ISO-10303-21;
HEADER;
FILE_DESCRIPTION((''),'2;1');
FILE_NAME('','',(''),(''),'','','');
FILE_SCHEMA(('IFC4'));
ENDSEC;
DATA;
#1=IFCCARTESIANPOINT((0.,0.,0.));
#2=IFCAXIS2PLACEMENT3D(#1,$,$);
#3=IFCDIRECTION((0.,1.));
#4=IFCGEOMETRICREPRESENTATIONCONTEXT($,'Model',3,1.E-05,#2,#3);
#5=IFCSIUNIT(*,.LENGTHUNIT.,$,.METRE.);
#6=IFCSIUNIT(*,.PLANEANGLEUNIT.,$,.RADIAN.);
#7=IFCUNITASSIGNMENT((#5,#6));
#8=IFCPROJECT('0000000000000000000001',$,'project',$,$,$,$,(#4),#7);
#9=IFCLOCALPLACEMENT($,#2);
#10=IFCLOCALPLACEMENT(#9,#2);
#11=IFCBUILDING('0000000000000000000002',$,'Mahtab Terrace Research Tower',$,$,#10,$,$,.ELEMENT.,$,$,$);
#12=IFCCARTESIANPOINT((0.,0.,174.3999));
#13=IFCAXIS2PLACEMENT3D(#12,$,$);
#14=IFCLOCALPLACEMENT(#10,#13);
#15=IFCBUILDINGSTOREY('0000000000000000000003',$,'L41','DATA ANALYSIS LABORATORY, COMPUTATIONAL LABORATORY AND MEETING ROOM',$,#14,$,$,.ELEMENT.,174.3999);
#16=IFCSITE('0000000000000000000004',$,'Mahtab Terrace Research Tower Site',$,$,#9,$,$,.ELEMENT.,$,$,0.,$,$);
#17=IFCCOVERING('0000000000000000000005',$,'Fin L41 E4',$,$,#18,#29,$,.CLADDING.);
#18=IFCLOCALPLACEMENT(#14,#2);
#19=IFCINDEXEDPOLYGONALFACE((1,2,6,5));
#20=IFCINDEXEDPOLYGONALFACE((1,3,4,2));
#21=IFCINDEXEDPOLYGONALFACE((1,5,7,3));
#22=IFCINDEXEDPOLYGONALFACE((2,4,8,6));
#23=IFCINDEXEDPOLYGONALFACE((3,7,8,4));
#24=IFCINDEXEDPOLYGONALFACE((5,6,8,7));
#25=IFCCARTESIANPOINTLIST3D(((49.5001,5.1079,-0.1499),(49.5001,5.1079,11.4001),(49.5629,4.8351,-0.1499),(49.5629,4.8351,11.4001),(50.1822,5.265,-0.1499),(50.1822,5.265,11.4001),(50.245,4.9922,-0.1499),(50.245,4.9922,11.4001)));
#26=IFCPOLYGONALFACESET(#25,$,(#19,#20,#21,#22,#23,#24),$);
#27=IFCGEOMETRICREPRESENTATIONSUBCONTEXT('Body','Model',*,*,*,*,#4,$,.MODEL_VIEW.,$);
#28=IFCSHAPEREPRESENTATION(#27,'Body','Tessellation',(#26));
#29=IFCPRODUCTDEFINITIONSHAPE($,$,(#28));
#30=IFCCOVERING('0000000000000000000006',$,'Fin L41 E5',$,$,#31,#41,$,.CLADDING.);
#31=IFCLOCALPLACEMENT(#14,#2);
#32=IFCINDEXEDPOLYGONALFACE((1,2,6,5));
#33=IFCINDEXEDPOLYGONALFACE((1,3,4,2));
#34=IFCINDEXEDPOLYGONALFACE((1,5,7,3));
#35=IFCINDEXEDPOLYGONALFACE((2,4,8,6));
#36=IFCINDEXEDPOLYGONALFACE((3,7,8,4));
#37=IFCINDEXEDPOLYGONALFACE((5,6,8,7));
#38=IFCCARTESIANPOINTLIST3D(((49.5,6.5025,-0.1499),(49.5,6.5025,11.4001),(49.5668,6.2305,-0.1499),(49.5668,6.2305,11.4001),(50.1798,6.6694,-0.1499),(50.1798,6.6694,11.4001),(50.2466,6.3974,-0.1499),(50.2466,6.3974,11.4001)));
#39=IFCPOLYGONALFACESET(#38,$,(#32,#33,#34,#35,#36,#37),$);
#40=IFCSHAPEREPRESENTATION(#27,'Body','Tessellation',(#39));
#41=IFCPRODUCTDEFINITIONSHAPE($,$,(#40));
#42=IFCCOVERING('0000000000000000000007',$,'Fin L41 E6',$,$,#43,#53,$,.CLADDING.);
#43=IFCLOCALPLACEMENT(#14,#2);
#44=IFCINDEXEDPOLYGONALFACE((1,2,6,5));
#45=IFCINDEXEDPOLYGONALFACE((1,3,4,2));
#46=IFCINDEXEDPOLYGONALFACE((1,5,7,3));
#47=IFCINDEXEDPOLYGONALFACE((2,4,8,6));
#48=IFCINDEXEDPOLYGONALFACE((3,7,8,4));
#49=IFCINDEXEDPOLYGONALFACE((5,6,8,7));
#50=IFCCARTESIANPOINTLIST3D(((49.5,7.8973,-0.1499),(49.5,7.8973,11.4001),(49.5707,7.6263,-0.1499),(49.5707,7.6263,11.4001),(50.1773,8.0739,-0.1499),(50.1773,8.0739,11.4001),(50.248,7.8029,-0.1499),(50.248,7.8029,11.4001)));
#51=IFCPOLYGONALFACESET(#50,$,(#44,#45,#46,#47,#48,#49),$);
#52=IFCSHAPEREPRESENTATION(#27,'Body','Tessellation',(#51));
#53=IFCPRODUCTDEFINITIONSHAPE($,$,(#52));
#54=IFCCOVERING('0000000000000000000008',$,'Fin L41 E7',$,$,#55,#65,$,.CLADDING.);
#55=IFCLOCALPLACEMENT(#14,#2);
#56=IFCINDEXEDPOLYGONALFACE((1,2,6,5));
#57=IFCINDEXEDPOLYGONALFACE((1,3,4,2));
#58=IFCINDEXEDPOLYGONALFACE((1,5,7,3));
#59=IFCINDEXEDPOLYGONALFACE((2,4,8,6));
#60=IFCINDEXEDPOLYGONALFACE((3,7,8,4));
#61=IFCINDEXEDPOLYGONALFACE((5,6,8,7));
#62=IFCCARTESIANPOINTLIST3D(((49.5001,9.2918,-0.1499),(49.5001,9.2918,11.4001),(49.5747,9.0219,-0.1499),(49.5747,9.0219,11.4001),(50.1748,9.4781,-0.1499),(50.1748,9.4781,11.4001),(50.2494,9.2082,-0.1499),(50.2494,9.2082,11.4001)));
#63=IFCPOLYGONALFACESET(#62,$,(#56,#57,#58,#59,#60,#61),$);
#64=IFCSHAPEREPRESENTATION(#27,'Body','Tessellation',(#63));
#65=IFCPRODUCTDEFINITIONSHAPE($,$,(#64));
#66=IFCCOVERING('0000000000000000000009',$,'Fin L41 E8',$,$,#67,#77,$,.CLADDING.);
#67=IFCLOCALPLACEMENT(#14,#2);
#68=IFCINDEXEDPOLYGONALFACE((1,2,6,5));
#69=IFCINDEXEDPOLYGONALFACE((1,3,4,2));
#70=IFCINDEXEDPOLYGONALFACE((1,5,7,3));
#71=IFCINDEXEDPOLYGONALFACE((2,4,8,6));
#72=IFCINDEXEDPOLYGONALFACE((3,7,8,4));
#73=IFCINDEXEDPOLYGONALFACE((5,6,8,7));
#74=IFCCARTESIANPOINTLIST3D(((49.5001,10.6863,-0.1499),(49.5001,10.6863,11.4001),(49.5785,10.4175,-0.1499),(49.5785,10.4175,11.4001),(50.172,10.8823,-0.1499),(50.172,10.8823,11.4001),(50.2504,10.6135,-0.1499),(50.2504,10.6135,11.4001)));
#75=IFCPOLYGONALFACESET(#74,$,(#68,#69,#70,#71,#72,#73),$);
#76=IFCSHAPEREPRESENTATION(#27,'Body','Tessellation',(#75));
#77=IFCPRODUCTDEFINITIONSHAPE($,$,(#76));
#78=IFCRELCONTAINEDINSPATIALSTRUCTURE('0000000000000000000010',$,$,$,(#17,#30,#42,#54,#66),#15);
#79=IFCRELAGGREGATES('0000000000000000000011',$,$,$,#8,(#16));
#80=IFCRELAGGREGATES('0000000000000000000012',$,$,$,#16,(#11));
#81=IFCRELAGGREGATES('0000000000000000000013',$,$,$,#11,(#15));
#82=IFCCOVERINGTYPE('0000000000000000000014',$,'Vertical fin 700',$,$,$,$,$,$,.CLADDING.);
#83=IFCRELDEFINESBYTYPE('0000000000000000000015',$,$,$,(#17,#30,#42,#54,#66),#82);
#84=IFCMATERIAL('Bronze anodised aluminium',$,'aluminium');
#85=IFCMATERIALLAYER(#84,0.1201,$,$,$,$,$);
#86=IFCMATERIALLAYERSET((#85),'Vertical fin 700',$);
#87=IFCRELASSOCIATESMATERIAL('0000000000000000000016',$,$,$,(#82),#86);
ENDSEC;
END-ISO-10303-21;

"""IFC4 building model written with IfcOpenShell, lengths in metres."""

from ifc_helpers import new_model, si_unit, direction, frame, origin, origin_2d, place, context, subcontext, project, spatial, rectangle, extrude, material, layer, layer_set, type_object, element, save


model = new_model("IFC4")

# Units and contexts
model_context = context("Model", 3, precision=1e-05, world=origin(), true_north=direction((0.0, 1.0)))
body_context = subcontext(model_context, "Body", "Model", "MODEL_VIEW")
ifc_project = project(units=[si_unit("LENGTHUNIT", "METRE"), si_unit("PLANEANGLEUNIT", "RADIAN")], contexts=[model_context])

# Site, building, storey
site_placement = place(None, origin())
site = spatial("IfcSite", under=ifc_project, at=site_placement, Name="Mahtab Terrace Research Tower Site", CompositionType="ELEMENT", RefElevation=0.0)
building_placement = place(site_placement, origin())
building = spatial("IfcBuilding", under=site, at=building_placement, Name="Mahtab Terrace Research Tower", CompositionType="ELEMENT")
storey_placement = place(building_placement, frame((0.0, 0.0, 174.3999)))
storey = spatial("IfcBuildingStorey", under=building, at=storey_placement, Name="L41", Description="DATA ANALYSIS LABORATORY, COMPUTATIONAL LABORATORY AND MEETING ROOM", CompositionType="ELEMENT", Elevation=174.3999)

# Coverings
ifc_material_1 = material(Name="Bronze anodised aluminium", Category="aluminium")
ifc_layer_1 = layer(ifc_material_1, 0.1201)
ifc_layer_set_1 = layer_set([ifc_layer_1], Name="Vertical fin 700")
covering_type = type_object("IfcCoveringType", Name="Vertical fin 700", PredefinedType="CLADDING", material=ifc_layer_set_1)
for number, where, z_axis, x_axis, name in (
    (1, (49.8726, 5.05, -0.1499), (0.0, 0.0, 1.0), (-0.224451, 0.974485, 0.0), "Fin L41 E4"),
    (2, (49.8733, 6.45, -0.1499), (0.0, 0.0, 1.0), (-0.238434, 0.971159, 0.0), "Fin L41 E5"),
    (3, (49.874, 7.8501, -0.1499), (0.0, 0.0, 1.0), (-0.252367, 0.967631, 0.0), "Fin L41 E6"),
    (4, (49.8748, 9.25, -0.1499), (0.0, 0.0, 1.0), (-0.266249, 0.963904, 0.0), "Fin L41 E7"),
    (5, (49.8752, 10.6499, -0.1499), (0.0, 0.0, 1.0), (-0.280075, 0.959978, 0.0), "Fin L41 E8"),
):
    element("IfcCovering", number, at=place(storey_placement, frame(where, z_axis=z_axis, x_axis=x_axis)), inside=storey, type_object=covering_type, Name=name, PredefinedType="CLADDING", context=body_context, shape_type="SweptSolid", body=[
        extrude(rectangle(XDim=0.28, YDim=0.7, at=origin_2d()), origin(), (0.0, 0.0, 1.0), 11.55),
    ])

save(model, "model.ifc")
